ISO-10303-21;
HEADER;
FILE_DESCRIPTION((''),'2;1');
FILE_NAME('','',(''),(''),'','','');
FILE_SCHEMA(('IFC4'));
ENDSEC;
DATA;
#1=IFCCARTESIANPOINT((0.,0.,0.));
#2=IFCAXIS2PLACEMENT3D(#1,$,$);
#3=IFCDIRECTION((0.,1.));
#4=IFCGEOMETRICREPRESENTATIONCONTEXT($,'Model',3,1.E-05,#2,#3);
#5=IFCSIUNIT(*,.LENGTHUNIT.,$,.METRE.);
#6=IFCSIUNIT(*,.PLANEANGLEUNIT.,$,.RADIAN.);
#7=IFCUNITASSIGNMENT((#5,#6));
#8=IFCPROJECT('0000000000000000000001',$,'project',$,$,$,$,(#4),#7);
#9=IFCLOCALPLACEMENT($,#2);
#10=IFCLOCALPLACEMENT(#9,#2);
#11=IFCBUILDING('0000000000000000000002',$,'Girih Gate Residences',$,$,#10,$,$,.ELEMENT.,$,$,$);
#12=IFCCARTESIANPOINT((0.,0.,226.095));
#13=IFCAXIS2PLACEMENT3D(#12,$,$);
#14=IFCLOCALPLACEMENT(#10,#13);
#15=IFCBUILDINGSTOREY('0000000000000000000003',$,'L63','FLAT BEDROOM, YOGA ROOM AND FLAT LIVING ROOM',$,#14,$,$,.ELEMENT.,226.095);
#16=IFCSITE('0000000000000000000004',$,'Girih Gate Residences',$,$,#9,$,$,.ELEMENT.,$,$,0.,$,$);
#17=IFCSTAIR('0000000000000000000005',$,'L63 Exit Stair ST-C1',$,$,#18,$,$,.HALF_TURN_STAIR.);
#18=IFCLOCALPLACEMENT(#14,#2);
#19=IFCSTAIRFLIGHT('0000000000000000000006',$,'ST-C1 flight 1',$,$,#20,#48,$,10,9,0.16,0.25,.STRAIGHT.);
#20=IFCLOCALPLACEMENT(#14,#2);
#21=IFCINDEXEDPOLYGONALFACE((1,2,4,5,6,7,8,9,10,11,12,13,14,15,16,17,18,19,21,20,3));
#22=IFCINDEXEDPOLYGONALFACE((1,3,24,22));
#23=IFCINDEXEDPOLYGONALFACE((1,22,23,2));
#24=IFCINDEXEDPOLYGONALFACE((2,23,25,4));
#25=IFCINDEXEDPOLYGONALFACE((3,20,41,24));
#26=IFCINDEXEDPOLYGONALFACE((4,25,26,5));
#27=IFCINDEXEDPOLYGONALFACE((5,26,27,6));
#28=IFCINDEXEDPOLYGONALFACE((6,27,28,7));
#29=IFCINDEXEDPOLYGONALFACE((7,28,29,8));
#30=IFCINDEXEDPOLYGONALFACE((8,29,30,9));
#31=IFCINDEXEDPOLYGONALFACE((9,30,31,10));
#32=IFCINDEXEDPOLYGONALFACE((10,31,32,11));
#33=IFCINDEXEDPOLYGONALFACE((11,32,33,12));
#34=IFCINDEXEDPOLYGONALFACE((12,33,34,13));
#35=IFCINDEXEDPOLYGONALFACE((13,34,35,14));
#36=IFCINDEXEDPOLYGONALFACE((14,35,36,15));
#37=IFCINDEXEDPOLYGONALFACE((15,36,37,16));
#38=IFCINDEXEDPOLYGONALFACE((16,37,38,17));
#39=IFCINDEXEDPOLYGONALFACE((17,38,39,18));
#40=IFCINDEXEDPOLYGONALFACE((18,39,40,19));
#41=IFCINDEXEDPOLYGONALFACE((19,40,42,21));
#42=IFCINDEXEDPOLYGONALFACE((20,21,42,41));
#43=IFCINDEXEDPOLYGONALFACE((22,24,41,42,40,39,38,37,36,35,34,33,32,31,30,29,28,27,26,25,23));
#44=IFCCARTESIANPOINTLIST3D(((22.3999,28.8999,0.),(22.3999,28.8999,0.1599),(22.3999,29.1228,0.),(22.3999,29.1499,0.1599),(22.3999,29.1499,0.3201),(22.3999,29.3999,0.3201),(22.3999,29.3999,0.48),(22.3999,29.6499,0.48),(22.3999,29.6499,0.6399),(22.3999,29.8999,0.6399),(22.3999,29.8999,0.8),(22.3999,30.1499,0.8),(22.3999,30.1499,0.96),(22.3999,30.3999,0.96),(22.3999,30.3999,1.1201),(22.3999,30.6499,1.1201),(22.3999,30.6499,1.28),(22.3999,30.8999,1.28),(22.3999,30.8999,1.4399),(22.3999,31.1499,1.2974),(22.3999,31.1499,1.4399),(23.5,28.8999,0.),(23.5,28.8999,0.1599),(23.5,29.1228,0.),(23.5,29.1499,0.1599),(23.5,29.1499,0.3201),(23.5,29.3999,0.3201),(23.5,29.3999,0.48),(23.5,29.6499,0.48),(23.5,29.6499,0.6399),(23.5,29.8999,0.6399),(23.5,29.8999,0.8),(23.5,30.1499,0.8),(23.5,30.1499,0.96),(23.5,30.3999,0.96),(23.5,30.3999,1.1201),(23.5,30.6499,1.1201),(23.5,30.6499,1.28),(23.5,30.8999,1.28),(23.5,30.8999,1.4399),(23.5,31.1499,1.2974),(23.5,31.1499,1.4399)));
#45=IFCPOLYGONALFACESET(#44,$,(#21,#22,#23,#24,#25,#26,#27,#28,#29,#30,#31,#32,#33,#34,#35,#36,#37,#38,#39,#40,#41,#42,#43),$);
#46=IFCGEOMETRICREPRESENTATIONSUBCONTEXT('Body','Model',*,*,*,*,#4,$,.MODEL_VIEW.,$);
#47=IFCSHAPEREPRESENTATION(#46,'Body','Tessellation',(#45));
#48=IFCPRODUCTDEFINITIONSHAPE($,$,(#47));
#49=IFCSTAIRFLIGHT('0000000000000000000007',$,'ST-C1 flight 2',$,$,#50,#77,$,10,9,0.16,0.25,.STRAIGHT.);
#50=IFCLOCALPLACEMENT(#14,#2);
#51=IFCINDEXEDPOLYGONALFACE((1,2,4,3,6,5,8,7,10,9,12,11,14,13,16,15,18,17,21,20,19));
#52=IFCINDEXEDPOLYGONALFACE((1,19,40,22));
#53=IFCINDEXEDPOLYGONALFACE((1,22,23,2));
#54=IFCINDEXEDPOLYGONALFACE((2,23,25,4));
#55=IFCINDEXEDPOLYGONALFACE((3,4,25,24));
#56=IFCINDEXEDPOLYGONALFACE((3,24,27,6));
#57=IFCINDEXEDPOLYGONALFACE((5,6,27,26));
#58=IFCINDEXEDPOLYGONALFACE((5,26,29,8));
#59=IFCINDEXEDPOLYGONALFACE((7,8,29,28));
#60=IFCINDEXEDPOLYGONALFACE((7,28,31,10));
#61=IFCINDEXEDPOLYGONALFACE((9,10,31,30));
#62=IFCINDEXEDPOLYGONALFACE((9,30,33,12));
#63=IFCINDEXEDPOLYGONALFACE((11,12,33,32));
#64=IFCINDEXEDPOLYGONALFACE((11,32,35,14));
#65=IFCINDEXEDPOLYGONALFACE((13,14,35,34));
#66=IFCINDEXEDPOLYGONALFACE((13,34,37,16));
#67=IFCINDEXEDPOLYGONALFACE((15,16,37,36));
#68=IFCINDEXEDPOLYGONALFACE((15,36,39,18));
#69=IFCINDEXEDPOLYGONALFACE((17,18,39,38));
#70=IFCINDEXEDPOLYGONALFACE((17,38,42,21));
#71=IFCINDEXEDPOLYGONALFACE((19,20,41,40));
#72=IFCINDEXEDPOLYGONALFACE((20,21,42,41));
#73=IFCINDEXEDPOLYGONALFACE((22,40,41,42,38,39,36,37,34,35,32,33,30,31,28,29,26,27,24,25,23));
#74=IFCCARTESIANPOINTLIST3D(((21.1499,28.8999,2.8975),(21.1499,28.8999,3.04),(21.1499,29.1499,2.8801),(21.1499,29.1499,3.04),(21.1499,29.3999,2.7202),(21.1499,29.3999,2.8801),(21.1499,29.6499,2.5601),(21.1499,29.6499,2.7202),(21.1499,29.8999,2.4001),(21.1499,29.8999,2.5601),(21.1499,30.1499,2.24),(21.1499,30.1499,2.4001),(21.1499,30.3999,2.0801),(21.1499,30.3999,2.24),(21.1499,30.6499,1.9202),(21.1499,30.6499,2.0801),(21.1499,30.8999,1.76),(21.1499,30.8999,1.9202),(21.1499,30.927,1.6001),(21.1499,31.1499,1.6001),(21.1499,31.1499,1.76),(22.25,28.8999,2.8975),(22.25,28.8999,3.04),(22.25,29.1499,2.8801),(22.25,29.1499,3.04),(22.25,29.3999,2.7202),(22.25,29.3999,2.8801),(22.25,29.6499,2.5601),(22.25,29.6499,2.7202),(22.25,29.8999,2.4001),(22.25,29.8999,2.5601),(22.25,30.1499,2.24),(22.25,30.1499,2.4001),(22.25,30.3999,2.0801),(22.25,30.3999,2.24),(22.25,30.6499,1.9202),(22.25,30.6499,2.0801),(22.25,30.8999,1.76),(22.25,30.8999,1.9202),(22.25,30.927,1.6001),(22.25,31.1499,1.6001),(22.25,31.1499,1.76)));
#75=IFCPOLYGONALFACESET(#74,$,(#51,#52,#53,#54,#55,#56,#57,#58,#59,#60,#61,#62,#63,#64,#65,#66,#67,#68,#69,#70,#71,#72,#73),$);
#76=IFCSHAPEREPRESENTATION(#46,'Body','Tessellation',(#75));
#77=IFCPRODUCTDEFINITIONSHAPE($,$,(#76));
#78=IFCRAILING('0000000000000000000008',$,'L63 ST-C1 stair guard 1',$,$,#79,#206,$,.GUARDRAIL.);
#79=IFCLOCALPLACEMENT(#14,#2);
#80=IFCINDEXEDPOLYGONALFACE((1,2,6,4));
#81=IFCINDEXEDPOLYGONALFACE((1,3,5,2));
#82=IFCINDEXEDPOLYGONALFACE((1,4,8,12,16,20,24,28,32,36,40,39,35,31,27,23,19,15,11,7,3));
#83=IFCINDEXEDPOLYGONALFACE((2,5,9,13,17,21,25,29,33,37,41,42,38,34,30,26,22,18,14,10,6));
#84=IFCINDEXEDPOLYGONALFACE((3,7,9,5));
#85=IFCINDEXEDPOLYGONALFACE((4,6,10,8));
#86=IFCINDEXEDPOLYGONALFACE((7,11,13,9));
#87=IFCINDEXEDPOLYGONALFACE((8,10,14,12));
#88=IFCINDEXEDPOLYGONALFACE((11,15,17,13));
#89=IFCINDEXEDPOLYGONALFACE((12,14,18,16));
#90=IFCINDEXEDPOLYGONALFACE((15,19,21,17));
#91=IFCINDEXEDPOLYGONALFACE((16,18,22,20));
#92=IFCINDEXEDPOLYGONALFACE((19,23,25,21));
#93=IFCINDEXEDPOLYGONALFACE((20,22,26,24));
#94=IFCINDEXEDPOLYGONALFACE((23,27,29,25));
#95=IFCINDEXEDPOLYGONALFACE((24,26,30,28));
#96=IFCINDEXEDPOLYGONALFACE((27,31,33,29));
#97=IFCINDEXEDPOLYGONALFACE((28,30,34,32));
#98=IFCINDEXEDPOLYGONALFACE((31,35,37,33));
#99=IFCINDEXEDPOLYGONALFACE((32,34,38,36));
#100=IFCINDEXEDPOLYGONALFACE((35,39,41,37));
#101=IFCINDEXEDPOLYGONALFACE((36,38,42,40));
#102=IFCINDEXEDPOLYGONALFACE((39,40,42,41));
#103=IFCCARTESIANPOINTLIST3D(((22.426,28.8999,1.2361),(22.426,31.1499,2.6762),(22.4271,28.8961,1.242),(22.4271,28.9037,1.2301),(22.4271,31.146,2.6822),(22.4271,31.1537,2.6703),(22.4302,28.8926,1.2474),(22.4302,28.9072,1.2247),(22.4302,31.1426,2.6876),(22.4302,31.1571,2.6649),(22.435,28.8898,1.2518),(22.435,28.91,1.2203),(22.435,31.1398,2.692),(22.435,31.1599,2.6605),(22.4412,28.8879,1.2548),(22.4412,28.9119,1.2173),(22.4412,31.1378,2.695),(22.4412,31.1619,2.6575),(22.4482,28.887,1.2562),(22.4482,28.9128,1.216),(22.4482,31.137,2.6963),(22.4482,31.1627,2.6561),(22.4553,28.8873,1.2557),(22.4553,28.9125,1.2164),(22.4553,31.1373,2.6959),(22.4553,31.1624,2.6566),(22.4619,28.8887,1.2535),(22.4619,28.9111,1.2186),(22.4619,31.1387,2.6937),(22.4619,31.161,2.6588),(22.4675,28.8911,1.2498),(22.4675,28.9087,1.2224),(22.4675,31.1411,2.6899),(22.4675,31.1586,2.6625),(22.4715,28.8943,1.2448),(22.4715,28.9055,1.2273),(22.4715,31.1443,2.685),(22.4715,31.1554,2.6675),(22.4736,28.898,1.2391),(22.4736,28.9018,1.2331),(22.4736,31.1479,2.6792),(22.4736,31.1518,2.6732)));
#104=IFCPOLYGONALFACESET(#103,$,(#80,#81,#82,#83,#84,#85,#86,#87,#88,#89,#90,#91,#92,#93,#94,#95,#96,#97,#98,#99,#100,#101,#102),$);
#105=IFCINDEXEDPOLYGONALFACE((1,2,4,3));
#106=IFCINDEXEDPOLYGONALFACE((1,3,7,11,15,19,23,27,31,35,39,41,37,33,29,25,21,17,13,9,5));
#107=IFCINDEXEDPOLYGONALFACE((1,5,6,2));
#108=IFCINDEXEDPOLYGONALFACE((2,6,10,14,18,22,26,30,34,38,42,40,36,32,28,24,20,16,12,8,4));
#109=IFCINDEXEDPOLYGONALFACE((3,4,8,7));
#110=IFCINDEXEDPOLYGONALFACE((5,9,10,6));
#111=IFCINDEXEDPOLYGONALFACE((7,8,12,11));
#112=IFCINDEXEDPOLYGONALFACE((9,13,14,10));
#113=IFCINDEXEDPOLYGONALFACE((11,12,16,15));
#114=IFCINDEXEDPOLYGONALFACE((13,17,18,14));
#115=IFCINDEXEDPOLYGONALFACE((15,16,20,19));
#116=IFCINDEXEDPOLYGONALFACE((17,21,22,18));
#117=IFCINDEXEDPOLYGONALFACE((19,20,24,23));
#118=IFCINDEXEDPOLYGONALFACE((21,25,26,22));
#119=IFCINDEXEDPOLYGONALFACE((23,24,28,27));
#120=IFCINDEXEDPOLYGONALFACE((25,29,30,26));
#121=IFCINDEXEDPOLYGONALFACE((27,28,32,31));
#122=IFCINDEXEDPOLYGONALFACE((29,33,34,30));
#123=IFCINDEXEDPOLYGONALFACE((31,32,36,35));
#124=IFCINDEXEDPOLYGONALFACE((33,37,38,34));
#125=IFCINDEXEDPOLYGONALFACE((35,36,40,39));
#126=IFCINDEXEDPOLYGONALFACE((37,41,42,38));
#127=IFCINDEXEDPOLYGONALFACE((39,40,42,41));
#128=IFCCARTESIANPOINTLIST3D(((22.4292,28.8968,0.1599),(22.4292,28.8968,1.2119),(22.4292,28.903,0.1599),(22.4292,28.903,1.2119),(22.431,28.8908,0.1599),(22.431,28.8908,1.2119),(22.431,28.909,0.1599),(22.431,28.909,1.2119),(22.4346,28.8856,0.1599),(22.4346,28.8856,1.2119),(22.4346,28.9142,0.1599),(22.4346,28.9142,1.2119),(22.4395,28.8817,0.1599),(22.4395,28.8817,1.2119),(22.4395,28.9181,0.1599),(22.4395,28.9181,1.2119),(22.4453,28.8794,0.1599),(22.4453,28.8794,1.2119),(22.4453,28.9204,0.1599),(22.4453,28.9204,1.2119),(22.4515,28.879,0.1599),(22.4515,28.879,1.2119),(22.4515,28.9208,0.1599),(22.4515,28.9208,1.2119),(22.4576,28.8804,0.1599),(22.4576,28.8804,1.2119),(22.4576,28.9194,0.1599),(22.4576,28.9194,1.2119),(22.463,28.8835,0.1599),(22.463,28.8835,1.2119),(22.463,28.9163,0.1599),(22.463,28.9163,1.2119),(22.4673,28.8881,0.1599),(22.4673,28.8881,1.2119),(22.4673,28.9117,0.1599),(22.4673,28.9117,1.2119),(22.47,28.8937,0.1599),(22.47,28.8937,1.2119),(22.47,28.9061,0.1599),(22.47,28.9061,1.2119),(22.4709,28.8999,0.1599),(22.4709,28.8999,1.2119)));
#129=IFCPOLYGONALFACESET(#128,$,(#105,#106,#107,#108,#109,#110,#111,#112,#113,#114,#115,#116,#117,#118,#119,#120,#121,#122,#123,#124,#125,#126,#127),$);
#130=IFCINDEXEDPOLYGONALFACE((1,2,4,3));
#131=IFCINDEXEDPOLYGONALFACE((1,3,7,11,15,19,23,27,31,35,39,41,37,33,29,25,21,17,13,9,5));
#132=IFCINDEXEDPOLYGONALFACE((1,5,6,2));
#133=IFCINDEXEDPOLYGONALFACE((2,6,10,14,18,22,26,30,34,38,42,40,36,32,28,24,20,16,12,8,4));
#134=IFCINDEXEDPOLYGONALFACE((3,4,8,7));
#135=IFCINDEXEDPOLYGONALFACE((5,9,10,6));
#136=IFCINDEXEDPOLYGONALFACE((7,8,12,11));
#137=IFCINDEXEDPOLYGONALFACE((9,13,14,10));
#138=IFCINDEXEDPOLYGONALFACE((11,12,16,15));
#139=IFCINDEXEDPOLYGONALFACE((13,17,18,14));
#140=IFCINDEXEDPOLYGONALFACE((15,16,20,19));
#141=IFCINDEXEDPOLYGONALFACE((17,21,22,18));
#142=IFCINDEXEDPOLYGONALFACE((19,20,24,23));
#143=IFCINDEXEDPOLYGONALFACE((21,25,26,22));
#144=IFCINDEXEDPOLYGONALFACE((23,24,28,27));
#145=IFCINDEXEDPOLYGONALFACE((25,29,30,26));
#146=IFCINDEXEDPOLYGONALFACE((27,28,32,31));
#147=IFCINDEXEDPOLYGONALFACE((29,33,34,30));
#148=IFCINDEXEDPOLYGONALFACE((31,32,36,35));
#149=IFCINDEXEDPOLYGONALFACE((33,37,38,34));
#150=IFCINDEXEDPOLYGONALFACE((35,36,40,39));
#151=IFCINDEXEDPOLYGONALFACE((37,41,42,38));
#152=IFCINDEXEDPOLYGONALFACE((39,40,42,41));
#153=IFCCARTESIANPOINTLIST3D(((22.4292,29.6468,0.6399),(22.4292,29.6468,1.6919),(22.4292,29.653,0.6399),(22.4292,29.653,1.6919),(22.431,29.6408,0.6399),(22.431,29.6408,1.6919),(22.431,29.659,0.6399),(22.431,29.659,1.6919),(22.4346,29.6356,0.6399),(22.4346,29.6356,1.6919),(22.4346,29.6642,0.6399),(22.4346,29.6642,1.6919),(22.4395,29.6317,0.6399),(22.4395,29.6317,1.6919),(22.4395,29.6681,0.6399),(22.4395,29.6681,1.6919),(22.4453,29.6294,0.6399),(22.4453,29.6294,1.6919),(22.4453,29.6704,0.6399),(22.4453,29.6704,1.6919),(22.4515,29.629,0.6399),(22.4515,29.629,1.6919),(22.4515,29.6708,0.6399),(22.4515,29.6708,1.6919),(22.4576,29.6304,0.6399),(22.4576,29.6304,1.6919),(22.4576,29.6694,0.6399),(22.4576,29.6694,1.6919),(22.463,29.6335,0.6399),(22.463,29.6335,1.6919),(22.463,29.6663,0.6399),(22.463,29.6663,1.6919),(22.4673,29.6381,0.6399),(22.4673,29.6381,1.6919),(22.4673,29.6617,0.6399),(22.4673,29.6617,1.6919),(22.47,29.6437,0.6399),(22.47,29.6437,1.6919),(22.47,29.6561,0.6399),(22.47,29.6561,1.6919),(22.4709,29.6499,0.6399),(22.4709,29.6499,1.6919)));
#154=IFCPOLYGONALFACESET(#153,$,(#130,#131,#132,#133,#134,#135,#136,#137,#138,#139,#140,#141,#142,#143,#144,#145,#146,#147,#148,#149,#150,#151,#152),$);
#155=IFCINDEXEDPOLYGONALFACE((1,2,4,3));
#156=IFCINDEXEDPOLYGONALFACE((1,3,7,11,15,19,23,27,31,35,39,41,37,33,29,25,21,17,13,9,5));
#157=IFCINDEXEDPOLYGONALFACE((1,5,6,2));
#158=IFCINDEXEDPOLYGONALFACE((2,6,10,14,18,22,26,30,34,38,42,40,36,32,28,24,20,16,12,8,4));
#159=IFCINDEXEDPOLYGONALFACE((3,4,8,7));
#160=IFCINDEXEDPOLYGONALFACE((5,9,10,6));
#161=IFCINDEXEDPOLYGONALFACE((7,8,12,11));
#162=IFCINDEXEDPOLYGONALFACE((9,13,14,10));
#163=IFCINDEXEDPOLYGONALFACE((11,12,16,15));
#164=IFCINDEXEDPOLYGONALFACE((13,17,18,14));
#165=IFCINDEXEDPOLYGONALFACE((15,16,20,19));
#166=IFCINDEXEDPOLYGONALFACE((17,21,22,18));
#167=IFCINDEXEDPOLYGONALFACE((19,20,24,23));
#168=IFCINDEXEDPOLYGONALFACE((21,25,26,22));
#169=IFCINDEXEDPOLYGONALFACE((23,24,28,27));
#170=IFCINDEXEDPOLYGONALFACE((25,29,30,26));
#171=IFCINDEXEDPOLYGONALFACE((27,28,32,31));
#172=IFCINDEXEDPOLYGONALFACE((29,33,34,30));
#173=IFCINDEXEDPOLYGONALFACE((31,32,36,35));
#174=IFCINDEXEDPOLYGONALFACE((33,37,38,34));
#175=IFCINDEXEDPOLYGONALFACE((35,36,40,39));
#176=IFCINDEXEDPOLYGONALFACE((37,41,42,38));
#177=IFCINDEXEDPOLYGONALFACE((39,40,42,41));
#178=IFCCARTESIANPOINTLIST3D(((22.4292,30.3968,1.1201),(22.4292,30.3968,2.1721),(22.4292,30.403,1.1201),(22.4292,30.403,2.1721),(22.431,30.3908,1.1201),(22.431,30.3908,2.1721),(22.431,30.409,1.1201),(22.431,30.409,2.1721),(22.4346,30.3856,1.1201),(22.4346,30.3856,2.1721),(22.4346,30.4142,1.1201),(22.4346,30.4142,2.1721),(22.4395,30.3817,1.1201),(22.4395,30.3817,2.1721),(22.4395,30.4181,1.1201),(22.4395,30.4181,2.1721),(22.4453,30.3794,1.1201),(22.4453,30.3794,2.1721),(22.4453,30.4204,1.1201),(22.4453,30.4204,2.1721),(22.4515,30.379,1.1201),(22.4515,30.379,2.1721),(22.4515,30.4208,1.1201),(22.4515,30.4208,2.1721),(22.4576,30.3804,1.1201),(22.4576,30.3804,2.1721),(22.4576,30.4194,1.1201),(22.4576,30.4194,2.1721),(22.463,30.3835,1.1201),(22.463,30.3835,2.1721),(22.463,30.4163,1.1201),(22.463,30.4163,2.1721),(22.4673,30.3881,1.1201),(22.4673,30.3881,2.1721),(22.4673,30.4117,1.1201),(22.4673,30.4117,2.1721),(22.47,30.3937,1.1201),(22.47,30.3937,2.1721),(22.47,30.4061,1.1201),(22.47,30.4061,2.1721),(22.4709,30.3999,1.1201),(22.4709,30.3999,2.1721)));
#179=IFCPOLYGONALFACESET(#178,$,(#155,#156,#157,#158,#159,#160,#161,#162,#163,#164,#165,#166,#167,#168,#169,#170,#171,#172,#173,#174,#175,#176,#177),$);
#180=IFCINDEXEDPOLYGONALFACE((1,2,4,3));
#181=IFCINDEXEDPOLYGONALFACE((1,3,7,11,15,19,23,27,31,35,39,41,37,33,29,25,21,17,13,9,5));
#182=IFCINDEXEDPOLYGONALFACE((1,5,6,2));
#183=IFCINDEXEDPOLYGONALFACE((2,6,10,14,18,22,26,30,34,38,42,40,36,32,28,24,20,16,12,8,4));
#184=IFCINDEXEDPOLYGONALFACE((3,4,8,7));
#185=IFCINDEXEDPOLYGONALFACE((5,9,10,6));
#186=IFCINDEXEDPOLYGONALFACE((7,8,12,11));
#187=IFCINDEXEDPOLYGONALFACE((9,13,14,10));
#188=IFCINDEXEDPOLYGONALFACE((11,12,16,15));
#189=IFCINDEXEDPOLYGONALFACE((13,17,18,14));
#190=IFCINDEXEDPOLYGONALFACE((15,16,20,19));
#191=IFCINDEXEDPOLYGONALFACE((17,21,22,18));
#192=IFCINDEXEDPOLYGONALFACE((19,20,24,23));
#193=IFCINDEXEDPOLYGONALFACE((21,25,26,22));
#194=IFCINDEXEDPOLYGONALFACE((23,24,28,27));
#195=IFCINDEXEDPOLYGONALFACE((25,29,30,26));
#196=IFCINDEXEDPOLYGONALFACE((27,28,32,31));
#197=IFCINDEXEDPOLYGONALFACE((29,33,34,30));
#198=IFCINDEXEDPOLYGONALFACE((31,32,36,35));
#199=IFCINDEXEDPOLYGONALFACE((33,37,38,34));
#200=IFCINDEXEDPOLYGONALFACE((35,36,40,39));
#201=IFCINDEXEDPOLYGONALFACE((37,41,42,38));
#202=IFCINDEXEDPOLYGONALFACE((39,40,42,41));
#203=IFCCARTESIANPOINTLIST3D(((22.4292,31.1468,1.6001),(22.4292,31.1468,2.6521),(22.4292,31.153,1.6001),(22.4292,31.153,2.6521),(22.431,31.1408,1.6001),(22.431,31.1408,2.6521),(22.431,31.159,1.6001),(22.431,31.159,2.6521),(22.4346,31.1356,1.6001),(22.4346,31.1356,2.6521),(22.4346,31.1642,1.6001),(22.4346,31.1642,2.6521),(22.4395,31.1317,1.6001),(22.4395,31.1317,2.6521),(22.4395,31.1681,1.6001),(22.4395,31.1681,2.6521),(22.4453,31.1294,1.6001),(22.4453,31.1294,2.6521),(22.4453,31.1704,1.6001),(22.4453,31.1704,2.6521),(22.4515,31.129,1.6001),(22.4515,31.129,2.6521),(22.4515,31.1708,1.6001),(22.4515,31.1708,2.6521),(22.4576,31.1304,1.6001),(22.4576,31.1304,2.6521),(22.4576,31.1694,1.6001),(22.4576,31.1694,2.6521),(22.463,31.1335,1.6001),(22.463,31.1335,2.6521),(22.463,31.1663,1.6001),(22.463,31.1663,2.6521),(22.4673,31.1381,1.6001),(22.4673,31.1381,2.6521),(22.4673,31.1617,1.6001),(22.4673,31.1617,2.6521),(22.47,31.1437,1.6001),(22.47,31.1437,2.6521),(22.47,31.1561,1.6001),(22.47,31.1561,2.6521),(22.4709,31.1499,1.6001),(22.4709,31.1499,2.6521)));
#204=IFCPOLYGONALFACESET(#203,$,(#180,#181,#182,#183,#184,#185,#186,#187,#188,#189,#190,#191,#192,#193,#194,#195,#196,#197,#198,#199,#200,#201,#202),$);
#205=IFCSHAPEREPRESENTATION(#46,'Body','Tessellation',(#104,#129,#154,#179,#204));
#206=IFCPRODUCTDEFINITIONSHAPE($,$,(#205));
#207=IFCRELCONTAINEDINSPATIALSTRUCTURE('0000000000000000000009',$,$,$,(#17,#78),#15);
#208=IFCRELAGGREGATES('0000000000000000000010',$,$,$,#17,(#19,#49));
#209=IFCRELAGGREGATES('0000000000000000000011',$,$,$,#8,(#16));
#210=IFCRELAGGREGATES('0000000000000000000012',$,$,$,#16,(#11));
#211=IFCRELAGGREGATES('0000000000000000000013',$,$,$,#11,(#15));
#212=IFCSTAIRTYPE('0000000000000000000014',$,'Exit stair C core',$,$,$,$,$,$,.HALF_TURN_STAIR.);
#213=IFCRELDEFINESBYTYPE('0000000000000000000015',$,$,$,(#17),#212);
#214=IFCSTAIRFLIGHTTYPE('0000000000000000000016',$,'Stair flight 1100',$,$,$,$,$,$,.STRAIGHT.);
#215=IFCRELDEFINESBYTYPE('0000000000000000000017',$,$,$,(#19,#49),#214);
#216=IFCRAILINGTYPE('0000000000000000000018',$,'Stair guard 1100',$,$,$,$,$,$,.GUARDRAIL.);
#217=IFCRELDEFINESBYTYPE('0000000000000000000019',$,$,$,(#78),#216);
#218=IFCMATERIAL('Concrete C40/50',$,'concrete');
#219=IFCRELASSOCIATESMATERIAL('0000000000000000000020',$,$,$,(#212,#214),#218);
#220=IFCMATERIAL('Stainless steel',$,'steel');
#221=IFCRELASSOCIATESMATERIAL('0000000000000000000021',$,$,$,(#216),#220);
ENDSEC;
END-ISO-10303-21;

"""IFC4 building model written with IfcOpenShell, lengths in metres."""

from ifc_helpers import new_model, si_unit, direction, frame, origin, origin_2d, place, context, subcontext, project, spatial, polyline, circle, outline, extrude, material, type_object, element, aggregate, save


model = new_model("IFC4")

# Units and contexts
model_context = context("Model", 3, precision=1e-05, world=origin(), true_north=direction((0.0, 1.0)))
body_context = subcontext(model_context, "Body", "Model", "MODEL_VIEW")
ifc_project = project(units=[si_unit("LENGTHUNIT", "METRE"), si_unit("PLANEANGLEUNIT", "RADIAN")], contexts=[model_context])

# Site, building, storey
site_placement = place(None, origin())
site = spatial("IfcSite", under=ifc_project, at=site_placement, Name="Girih Gate Residences", CompositionType="ELEMENT", RefElevation=0.0)
building_placement = place(site_placement, origin())
building = spatial("IfcBuilding", under=site, at=building_placement, Name="Girih Gate Residences", CompositionType="ELEMENT")
storey_placement = place(building_placement, frame((0.0, 0.0, 226.095)))
storey = spatial("IfcBuildingStorey", under=building, at=storey_placement, Name="L63", Description="FLAT BEDROOM, YOGA ROOM AND FLAT LIVING ROOM", CompositionType="ELEMENT", Elevation=226.095)

# Shared definitions
ifc_material_1 = material(Name="Concrete C40/50", Category="concrete")

# Stair, stair flights
stair_type = type_object("IfcStairType", Name="Exit stair C core", PredefinedType="HALF_TURN_STAIR", material=ifc_material_1)
stair_placement = place(storey_placement, origin())
stair = element("IfcStair", 1, at=stair_placement, inside=storey, type_object=stair_type, Name="L63 Exit Stair ST-C1", PredefinedType="HALF_TURN_STAIR")
stair_flight_type = type_object("IfcStairFlightType", Name="Stair flight 1100", PredefinedType="STRAIGHT", material=ifc_material_1)
stair_flight_1_placement = place(storey_placement, frame((22.95, 28.8999, 0.0), z_axis=(0.0, 0.0, 1.0), x_axis=(0.0, 1.0, 0.0)))
stair_flight_1 = element("IfcStairFlight", 2, at=stair_flight_1_placement, type_object=stair_flight_type, Name="ST-C1 flight 1", NumberOfRisers=10, NumberOfTreads=9, PredefinedType="STRAIGHT", RiserHeight=0.16, TreadLength=0.25, context=body_context, shape_type="SweptSolid", body=[
    extrude(outline(polyline([(0.0, 0.0), (0.0, 0.1599), (0.25, 0.1599), (0.25, 0.3201), (0.5, 0.3201), (0.5, 0.48), (0.75, 0.48), (0.75, 0.6399), (1.0, 0.6399), (1.0, 0.8), (1.25, 0.8), (1.25, 0.96), (1.5, 0.96), (1.5, 1.1201), (1.75, 1.1201), (1.75, 1.28), (2.0, 1.28), (2.0, 1.4399), (2.25, 1.4399), (2.25, 1.6001), (2.25, 1.2974), (0.2229, 0.0), (0.0, 0.0)])), frame((0.0, 0.55, 0.0), z_axis=(0.0, -1.0, 0.0), x_axis=(1.0, 0.0, 0.0)), (0.0, 0.0, 1.0), 1.1001),
])
stair_flight_2_placement = place(storey_placement, frame((21.7, 31.1499, 1.6001), z_axis=(0.0, 0.0, 1.0), x_axis=(0.0, -1.0, 0.0)))
stair_flight_2 = element("IfcStairFlight", 3, at=stair_flight_2_placement, type_object=stair_flight_type, Name="ST-C1 flight 2", NumberOfRisers=10, NumberOfTreads=9, PredefinedType="STRAIGHT", RiserHeight=0.16, TreadLength=0.25, context=body_context, shape_type="SweptSolid", body=[
    extrude(outline(polyline([(0.0, 0.0), (0.0, 0.1599), (0.25, 0.1599), (0.25, 0.3201), (0.5, 0.3201), (0.5, 0.48), (0.75, 0.48), (0.75, 0.6399), (1.0, 0.6399), (1.0, 0.8), (1.25, 0.8), (1.25, 0.96), (1.5, 0.96), (1.5, 1.1201), (1.75, 1.1201), (1.75, 1.28), (2.0, 1.28), (2.0, 1.4399), (2.25, 1.4399), (2.25, 1.6001), (2.25, 1.2974), (0.2229, 0.0), (0.0, 0.0)])), frame((0.0, 0.55, 0.0), z_axis=(0.0, -1.0, 0.0), x_axis=(1.0, 0.0, 0.0)), (0.0, 0.0, 1.0), 1.1001),
])
aggregate(stair, [stair_flight_1, stair_flight_2])

# Railing
ifc_material_2 = material(Name="Stainless steel", Category="steel")
railing_type_1 = type_object("IfcRailingType", Name="Stair guard 1100", PredefinedType="GUARDRAIL", material=ifc_material_2)
railing_1_placement = place(storey_placement, frame((22.45, 28.8999, 0.1599)))
element("IfcRailing", 4, at=railing_1_placement, inside=storey, type_object=railing_type_1, Name="L63 ST-C1 stair guard 1", PredefinedType="GUARDRAIL", context=body_context, shape_type="SweptSolid", body=[
    extrude(circle(Radius=0.0239, at=origin_2d()), frame((0.0, 0.0, 1.0762), z_axis=(0.0, 0.84224, 0.539103), x_axis=(-1.0, 0.0, 0.0)), (0.0, 0.0, 1.0), 2.6714),
    extrude(circle(Radius=0.021, at=origin_2d()), origin(), (0.0, 0.0, 1.0), 1.052),
    extrude(circle(Radius=0.021, at=origin_2d()), frame((0.0, 0.75, 0.48)), (0.0, 0.0, 1.0), 1.052),
    extrude(circle(Radius=0.021, at=origin_2d()), frame((0.0, 1.5, 0.9602)), (0.0, 0.0, 1.0), 1.052),
    extrude(circle(Radius=0.021, at=origin_2d()), frame((0.0, 2.25, 1.4402)), (0.0, 0.0, 1.0), 1.052),
])

save(model, "model.ifc")
